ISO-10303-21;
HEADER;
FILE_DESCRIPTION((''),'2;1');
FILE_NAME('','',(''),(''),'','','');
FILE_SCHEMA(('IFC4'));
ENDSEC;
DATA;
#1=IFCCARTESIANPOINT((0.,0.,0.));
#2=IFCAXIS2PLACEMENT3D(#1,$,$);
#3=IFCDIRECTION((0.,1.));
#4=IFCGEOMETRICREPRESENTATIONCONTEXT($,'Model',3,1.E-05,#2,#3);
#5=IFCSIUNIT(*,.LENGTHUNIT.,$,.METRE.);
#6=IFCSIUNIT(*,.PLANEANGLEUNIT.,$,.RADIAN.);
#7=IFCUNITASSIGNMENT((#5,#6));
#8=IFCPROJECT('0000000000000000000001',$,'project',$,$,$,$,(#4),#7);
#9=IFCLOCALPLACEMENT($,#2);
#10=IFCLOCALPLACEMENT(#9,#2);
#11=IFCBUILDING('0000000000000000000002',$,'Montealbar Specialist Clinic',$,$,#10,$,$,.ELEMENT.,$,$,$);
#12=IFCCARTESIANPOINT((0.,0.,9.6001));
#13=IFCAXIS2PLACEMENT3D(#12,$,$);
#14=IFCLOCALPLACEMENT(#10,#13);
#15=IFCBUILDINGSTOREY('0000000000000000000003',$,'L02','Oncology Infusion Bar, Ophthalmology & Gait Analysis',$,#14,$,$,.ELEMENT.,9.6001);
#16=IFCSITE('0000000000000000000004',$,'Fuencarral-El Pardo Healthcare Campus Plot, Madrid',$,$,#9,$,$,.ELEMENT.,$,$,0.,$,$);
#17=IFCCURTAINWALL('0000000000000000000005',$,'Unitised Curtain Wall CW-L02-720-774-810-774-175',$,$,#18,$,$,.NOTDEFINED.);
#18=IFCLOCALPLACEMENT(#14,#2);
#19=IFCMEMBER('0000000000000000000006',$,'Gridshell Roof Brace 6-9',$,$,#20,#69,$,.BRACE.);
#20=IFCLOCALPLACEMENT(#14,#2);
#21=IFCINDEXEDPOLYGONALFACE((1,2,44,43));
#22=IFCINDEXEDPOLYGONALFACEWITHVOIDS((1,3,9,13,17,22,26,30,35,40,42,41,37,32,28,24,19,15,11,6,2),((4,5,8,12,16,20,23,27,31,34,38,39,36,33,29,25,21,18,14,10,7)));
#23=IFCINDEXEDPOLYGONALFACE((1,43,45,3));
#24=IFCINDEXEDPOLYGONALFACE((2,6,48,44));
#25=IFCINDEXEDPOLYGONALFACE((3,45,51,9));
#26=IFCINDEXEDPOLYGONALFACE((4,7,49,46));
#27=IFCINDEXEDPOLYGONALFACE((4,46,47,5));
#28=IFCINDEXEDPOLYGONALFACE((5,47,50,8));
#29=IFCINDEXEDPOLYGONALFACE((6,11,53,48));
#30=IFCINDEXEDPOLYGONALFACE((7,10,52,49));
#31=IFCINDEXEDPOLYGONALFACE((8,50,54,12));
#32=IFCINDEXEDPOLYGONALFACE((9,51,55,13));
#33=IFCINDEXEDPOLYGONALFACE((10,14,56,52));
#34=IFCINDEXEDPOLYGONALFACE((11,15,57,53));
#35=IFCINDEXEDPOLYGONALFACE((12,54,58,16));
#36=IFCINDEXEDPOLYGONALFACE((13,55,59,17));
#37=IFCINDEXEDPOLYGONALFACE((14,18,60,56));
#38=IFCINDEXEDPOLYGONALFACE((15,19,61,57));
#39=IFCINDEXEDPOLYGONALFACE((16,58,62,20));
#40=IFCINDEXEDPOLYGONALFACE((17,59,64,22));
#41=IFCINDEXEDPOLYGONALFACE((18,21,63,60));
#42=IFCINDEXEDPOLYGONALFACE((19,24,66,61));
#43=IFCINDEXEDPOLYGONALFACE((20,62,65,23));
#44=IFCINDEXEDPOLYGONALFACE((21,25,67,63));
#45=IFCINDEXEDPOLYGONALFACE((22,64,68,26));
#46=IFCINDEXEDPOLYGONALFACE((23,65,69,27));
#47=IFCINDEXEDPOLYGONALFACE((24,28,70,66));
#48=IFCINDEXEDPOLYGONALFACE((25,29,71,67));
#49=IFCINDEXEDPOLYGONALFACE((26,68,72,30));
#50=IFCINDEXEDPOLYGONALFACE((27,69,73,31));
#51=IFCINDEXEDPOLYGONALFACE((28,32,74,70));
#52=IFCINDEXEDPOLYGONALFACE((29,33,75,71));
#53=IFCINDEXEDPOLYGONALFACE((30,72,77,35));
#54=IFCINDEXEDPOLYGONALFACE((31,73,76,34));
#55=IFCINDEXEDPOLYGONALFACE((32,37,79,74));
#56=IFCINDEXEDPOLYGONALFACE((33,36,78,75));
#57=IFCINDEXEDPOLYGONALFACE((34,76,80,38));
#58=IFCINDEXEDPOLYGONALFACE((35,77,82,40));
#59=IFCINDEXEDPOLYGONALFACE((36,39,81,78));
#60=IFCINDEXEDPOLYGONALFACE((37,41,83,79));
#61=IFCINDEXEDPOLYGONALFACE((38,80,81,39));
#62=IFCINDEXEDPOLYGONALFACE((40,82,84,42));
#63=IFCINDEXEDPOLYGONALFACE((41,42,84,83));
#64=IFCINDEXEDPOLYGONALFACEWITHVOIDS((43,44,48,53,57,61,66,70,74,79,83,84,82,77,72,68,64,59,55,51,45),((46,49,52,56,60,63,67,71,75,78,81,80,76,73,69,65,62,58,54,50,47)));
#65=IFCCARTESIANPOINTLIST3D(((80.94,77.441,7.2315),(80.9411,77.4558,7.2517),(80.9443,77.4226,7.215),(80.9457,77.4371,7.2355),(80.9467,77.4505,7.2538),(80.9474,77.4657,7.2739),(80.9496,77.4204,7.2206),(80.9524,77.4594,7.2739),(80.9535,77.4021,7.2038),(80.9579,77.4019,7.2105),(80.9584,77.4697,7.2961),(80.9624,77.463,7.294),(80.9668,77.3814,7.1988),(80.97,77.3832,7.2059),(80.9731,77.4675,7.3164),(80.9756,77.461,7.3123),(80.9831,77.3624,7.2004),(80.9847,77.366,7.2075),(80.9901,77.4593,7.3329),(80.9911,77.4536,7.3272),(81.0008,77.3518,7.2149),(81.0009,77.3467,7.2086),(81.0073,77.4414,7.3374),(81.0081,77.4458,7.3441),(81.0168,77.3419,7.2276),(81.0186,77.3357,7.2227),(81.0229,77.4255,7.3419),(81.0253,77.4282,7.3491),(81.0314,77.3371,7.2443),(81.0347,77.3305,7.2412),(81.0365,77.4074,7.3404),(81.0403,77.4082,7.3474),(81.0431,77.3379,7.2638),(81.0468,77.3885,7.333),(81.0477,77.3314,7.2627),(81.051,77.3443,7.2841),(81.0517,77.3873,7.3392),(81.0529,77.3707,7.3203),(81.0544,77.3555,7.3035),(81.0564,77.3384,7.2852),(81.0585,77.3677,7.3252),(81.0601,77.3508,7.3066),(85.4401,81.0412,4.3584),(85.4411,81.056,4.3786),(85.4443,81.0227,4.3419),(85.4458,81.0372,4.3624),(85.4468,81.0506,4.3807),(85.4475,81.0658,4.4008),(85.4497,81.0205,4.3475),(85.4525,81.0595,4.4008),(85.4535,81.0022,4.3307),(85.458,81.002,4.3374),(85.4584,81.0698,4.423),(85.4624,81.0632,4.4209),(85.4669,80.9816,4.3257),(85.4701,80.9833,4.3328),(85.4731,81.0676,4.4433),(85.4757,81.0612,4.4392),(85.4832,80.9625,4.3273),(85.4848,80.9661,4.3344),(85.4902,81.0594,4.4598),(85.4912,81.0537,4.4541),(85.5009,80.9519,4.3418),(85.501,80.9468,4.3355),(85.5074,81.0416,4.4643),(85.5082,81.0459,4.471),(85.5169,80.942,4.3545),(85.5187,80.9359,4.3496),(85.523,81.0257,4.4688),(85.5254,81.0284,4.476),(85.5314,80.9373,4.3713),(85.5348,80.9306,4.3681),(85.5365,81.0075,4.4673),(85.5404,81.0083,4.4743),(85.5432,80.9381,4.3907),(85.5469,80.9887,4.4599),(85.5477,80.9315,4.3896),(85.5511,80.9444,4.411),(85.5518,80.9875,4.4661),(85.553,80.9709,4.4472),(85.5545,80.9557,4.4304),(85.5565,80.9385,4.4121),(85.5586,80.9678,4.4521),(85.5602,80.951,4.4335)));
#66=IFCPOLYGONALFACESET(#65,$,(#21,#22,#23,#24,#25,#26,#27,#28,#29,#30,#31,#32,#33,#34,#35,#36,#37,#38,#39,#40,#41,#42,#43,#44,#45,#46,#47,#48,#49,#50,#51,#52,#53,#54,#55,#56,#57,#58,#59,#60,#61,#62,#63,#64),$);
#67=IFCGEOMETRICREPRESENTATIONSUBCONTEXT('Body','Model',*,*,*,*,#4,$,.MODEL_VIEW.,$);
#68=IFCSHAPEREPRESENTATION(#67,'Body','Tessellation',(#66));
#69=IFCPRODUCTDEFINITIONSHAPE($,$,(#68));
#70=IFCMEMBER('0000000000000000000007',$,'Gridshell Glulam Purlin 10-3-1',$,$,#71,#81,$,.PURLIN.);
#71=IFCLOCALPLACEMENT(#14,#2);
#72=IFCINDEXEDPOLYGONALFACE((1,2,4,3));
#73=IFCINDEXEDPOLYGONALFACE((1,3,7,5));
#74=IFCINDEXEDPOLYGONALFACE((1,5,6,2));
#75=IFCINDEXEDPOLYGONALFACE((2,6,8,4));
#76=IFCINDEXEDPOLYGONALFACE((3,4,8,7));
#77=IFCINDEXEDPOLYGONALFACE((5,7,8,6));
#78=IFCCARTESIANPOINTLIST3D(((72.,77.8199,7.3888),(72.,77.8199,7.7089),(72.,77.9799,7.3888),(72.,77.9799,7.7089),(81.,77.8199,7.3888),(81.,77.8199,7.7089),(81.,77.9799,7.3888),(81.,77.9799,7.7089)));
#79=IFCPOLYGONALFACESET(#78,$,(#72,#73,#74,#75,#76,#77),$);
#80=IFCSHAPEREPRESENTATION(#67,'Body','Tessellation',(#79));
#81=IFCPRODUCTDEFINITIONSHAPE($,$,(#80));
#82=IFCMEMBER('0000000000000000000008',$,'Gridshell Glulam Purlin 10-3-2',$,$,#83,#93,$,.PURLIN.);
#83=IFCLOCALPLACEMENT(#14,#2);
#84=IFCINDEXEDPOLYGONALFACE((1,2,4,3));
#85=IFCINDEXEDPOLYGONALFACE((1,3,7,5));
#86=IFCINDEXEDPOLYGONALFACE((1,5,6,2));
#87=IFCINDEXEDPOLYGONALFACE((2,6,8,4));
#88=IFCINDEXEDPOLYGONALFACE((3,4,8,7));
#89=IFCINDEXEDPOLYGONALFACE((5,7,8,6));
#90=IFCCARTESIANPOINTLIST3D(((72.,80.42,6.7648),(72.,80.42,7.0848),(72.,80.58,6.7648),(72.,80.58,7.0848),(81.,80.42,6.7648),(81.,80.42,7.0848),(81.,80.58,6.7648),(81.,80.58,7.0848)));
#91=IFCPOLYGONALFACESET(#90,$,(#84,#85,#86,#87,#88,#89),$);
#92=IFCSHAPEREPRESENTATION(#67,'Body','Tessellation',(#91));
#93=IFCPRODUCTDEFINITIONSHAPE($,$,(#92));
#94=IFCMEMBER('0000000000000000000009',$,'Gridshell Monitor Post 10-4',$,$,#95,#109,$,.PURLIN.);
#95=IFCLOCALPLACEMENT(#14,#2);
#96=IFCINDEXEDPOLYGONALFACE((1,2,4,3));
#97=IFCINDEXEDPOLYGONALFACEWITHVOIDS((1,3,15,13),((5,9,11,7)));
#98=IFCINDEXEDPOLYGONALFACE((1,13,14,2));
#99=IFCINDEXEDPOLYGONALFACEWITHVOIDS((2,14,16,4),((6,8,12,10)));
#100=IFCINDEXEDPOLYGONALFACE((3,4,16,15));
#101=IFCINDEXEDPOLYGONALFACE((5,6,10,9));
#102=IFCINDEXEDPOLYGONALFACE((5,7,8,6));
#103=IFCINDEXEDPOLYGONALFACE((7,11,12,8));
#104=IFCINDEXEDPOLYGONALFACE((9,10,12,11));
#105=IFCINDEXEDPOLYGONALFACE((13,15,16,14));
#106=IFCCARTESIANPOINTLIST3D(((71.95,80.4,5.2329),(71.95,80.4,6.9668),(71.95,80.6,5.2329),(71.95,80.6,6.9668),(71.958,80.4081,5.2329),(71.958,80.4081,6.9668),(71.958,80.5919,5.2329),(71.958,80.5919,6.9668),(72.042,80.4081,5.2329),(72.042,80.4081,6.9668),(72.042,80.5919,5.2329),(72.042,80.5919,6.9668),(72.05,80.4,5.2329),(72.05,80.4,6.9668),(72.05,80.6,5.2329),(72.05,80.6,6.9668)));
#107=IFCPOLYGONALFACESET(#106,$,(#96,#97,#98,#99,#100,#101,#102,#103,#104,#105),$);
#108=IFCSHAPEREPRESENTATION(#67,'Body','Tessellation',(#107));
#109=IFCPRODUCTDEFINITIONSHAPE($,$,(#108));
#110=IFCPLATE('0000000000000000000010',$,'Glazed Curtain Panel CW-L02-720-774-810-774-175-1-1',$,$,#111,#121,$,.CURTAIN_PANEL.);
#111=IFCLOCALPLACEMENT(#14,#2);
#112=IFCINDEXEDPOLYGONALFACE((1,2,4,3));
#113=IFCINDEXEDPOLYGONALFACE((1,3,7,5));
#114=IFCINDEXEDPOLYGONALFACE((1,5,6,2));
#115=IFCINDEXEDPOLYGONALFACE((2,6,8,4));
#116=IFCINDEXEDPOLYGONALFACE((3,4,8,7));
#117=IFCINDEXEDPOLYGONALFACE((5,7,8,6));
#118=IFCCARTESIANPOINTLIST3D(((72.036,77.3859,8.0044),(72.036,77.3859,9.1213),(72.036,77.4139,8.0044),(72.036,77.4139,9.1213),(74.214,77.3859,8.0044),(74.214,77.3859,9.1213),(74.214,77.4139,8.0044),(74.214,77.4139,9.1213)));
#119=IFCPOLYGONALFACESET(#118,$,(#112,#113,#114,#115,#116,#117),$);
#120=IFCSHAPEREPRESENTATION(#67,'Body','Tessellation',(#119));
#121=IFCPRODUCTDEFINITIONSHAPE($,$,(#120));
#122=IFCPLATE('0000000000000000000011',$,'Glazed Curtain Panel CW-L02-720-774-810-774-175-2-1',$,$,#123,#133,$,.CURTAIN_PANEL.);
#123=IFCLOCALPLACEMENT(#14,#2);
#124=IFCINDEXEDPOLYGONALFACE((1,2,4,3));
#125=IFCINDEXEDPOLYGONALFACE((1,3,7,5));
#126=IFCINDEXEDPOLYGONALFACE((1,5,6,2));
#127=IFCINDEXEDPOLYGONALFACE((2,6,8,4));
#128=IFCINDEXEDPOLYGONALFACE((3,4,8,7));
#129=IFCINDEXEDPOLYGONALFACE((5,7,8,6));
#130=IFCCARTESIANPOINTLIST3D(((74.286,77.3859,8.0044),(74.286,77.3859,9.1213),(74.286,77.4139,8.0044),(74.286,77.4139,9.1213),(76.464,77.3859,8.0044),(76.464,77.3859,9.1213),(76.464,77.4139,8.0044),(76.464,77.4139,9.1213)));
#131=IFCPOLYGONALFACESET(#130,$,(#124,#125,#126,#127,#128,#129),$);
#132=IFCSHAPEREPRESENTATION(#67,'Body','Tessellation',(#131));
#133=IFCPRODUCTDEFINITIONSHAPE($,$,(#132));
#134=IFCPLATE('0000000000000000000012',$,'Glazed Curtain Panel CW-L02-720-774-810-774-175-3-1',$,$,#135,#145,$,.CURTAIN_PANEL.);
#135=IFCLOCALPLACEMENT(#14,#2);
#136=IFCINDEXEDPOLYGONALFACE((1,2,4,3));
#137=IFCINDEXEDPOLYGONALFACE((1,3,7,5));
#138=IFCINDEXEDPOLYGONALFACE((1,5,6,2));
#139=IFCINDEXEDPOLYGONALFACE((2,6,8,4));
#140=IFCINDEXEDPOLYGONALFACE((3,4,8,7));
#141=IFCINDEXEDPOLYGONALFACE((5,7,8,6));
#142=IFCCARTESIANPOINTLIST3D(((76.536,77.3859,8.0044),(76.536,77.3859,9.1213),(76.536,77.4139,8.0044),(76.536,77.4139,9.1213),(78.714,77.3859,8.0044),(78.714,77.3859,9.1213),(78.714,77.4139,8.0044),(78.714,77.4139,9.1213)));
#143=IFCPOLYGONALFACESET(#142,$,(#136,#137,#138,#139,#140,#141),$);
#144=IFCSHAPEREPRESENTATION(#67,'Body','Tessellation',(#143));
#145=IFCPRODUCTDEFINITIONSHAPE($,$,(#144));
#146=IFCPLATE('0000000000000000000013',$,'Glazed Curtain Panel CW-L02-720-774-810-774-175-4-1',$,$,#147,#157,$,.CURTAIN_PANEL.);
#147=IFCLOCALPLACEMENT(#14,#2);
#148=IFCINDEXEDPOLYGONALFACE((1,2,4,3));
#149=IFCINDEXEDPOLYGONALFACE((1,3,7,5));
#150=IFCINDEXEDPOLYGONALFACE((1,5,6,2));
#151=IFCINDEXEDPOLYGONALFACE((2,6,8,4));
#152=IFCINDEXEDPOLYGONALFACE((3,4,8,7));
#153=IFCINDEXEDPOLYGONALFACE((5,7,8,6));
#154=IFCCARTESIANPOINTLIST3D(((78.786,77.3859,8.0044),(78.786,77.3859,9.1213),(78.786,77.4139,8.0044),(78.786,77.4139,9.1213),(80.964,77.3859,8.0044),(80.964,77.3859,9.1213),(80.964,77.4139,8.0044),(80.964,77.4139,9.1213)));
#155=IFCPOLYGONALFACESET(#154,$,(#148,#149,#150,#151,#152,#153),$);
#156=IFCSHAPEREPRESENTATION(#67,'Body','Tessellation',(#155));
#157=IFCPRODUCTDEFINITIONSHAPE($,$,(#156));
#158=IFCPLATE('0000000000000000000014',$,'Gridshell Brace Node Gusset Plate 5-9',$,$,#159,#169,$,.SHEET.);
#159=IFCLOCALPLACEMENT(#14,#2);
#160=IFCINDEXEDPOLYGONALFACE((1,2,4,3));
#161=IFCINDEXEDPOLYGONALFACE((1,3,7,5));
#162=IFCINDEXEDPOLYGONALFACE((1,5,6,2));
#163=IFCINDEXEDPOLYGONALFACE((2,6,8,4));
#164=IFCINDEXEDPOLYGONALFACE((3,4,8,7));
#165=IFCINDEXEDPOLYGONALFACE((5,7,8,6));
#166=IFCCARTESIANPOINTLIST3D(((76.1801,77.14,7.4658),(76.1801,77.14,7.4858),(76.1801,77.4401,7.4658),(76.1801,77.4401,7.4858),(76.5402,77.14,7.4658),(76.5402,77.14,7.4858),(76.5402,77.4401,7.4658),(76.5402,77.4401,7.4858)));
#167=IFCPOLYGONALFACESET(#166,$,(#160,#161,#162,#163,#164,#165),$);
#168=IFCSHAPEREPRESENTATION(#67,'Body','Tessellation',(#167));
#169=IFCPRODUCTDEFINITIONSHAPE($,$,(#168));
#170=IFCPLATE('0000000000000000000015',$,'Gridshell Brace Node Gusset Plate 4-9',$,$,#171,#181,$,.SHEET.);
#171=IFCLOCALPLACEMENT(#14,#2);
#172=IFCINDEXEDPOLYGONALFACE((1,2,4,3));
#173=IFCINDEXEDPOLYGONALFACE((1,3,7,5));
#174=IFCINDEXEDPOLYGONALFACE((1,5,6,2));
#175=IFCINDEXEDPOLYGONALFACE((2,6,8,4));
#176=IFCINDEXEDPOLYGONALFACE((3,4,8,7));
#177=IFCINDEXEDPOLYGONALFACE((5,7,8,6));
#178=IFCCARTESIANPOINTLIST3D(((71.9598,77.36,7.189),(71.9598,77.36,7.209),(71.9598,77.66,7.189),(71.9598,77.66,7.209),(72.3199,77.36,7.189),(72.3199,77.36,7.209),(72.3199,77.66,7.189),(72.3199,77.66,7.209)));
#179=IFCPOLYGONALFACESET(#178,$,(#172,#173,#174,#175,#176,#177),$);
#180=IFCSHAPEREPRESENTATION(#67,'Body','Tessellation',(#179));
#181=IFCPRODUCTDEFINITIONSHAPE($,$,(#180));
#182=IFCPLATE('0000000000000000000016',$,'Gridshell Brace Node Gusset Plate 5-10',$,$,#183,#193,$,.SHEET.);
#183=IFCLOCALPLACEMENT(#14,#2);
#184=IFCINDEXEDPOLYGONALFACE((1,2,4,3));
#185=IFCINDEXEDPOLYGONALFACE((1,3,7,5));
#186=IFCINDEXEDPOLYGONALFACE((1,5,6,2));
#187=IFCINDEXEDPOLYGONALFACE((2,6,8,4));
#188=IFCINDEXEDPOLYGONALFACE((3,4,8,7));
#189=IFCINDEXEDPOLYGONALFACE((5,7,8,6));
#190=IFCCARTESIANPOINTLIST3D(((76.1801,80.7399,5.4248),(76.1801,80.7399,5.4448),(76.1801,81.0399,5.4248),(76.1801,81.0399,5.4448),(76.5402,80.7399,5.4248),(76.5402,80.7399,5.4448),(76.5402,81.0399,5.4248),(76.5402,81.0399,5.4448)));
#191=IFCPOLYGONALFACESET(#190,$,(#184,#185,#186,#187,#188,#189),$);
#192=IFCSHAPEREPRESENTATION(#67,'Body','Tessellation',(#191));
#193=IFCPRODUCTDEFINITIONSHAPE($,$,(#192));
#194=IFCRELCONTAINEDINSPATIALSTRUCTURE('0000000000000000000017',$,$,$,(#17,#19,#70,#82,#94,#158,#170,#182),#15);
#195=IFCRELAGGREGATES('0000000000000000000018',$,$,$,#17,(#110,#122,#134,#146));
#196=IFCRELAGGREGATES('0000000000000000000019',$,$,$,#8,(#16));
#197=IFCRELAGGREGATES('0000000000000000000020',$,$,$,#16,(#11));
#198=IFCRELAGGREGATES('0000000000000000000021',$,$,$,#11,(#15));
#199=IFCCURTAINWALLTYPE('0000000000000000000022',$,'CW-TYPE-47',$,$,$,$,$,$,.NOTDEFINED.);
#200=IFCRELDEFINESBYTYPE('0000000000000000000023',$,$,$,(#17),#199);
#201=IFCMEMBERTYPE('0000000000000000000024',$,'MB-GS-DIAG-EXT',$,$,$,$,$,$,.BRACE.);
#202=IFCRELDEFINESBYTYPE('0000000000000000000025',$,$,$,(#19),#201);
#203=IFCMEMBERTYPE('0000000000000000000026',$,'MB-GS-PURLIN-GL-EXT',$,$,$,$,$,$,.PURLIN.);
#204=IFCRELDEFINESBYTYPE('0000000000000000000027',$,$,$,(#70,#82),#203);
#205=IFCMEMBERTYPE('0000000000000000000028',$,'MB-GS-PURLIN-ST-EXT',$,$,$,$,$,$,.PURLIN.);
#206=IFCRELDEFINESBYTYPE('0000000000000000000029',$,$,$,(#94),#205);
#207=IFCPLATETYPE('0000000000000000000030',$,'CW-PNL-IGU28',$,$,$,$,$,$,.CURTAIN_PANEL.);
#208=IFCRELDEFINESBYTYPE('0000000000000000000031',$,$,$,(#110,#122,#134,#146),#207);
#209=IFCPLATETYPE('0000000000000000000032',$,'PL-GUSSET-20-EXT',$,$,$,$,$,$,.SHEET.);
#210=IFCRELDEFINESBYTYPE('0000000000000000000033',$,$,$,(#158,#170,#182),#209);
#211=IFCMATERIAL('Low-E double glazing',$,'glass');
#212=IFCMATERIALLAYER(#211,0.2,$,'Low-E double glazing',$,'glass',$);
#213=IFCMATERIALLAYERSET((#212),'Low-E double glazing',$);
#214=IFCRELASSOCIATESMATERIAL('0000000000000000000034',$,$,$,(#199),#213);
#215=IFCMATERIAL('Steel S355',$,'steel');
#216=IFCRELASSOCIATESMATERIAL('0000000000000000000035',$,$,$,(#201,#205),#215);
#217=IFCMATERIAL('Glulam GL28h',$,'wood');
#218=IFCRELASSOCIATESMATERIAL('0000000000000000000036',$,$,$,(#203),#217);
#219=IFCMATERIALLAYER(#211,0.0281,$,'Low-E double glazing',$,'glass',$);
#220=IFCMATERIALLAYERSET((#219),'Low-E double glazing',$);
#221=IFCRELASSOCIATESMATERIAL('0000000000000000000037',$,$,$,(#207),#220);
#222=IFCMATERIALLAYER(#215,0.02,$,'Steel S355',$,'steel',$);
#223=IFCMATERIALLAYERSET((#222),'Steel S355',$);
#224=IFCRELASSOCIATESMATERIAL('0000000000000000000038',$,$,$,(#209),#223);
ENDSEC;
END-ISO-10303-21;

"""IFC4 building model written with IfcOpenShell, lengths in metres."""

from ifc_helpers import new_model, si_unit, direction, frame, origin, origin_2d, place, context, subcontext, project, spatial, rectangle, hollow_rectangle, hollow_circle, extrude, material, layer, layer_set, material_profile, profile_set, type_object, element, aggregate, save


model = new_model("IFC4")

# Units and contexts
model_context = context("Model", 3, precision=1e-05, world=origin(), true_north=direction((0.0, 1.0)))
body_context = subcontext(model_context, "Body", "Model", "MODEL_VIEW")
ifc_project = project(units=[si_unit("LENGTHUNIT", "METRE"), si_unit("PLANEANGLEUNIT", "RADIAN")], contexts=[model_context])

# Site, building, storey
site_placement = place(None, origin())
site = spatial("IfcSite", under=ifc_project, at=site_placement, Name="Fuencarral-El Pardo Healthcare Campus Plot, Madrid", CompositionType="ELEMENT", RefElevation=0.0)
building_placement = place(site_placement, origin())
building = spatial("IfcBuilding", under=site, at=building_placement, Name="Montealbar Specialist Clinic", CompositionType="ELEMENT")
storey_placement = place(building_placement, frame((0.0, 0.0, 9.6001)))
storey = spatial("IfcBuildingStorey", under=building, at=storey_placement, Name="L02", Description="Oncology Infusion Bar, Ophthalmology & Gait Analysis", CompositionType="ELEMENT", Elevation=9.6001)

# Shared definitions
ifc_material_1 = material(Name="Steel S355", Category="steel")
ifc_material_2 = material(Name="Glulam GL28h", Category="wood")

# Curtain wall
ifc_material_3 = material(Name="Low-E double glazing", Category="glass")
ifc_layer_1 = layer(ifc_material_3, 0.2, Name="Low-E double glazing", Category="glass")
ifc_layer_set_1 = layer_set([ifc_layer_1], Name="Low-E double glazing")
curtain_wall_type = type_object("IfcCurtainWallType", Name="CW-TYPE-47", PredefinedType="NOTDEFINED", material=ifc_layer_set_1)
curtain_wall_placement = place(storey_placement, origin())
curtain_wall = element("IfcCurtainWall", 1, at=curtain_wall_placement, inside=storey, type_object=curtain_wall_type, Name="Unitised Curtain Wall CW-L02-720-774-810-774-175", PredefinedType="NOTDEFINED")

# Members
ifc_material_profile_1 = material_profile(ifc_material_1, hollow_circle(Radius=0.0842, WallThickness=0.0081, at=origin_2d()), Name="CHS 168.3x8.0", Category="steel")
ifc_profile_set_1 = profile_set([ifc_material_profile_1], Name="Steel S355")
member_type_1 = type_object("IfcMemberType", Name="MB-GS-DIAG-EXT", PredefinedType="BRACE", material=ifc_profile_set_1)
member_1_placement = place(storey_placement, frame((81.0, 77.3999, 7.2739), z_axis=(0.698829, 0.559079, -0.446171), x_axis=(-0.624705, 0.780861, 0.0)))
element("IfcMember", 2, at=member_1_placement, inside=storey, type_object=member_type_1, Name="Gridshell Roof Brace 6-9", PredefinedType="BRACE", context=body_context, shape_type="SweptSolid", body=[
    extrude(hollow_circle(Radius=0.0842, WallThickness=0.0081, at=origin_2d()), origin(), (0.0, 0.0, 1.0), 6.4395),
])
ifc_material_profile_2 = material_profile(ifc_material_2, rectangle(XDim=0.1599, YDim=0.3201, at=origin_2d()), Name="GL28h 160x320", Category="wood")
ifc_profile_set_2 = profile_set([ifc_material_profile_2], Name="Glulam GL28h")
member_type_2 = type_object("IfcMemberType", Name="MB-GS-PURLIN-GL-EXT", PredefinedType="PURLIN", material=ifc_profile_set_2)
for number, where, z_axis, x_axis, name in (
    (3, (72.0, 77.8999, 7.5488), (1.0, 0.0, 0.0), (0.0, 1.0, 0.0), "Gridshell Glulam Purlin 10-3-1"),
    (4, (72.0, 80.5, 6.9248), (1.0, 0.0, 0.0), (0.0, 1.0, 0.0), "Gridshell Glulam Purlin 10-3-2"),
):
    element("IfcMember", number, at=place(storey_placement, frame(where, z_axis=z_axis, x_axis=x_axis)), inside=storey, type_object=member_type_2, Name=name, PredefinedType="PURLIN", context=body_context, shape_type="SweptSolid", body=[
        extrude(rectangle(XDim=0.1599, YDim=0.3201, at=origin_2d()), origin(), (0.0, 0.0, 1.0), 9.0),
    ])
ifc_material_profile_3 = material_profile(ifc_material_1, hollow_rectangle(XDim=0.1001, YDim=0.2, WallThickness=0.0081, at=origin_2d()), Name="RHS 200x100x8", Category="steel")
ifc_profile_set_3 = profile_set([ifc_material_profile_3], Name="Steel S355")
member_type_3 = type_object("IfcMemberType", Name="MB-GS-PURLIN-ST-EXT", PredefinedType="PURLIN", material=ifc_profile_set_3)
member_2_placement = place(storey_placement, frame((72.0, 80.5, 5.2329), z_axis=(0.0, 0.0, 1.0), x_axis=(1.0, 0.0, 0.0)))
element("IfcMember", 5, at=member_2_placement, inside=storey, type_object=member_type_3, Name="Gridshell Monitor Post 10-4", PredefinedType="PURLIN", context=body_context, shape_type="SweptSolid", body=[
    extrude(hollow_rectangle(XDim=0.1001, YDim=0.2, WallThickness=0.0081, at=origin_2d()), origin(), (0.0, 0.0, 1.0), 1.7339),
])

# Plates
ifc_layer_2 = layer(ifc_material_3, 0.0281, Name="Low-E double glazing", Category="glass")
ifc_layer_set_2 = layer_set([ifc_layer_2], Name="Low-E double glazing")
plate_type_1 = type_object("IfcPlateType", Name="CW-PNL-IGU28", PredefinedType="CURTAIN_PANEL", material=ifc_layer_set_2)
plate_1_placement = place(storey_placement, frame((73.125, 77.3999, 8.0044), z_axis=(0.0, 0.0, 1.0), x_axis=(1.0, 0.0, 0.0)))
plate_1 = element("IfcPlate", 6, at=plate_1_placement, type_object=plate_type_1, Name="Glazed Curtain Panel CW-L02-720-774-810-774-175-1-1", PredefinedType="CURTAIN_PANEL", context=body_context, shape_type="SweptSolid", body=[
    extrude(rectangle(XDim=2.178, YDim=0.0281, at=origin_2d()), origin(), (0.0, 0.0, 1.0), 1.1169),
])
plate_2_placement = place(storey_placement, frame((75.375, 77.3999, 8.0044), z_axis=(0.0, 0.0, 1.0), x_axis=(1.0, 0.0, 0.0)))
plate_2 = element("IfcPlate", 7, at=plate_2_placement, type_object=plate_type_1, Name="Glazed Curtain Panel CW-L02-720-774-810-774-175-2-1", PredefinedType="CURTAIN_PANEL", context=body_context, shape_type="SweptSolid", body=[
    extrude(rectangle(XDim=2.178, YDim=0.0281, at=origin_2d()), origin(), (0.0, 0.0, 1.0), 1.1169),
])
plate_3_placement = place(storey_placement, frame((77.625, 77.3999, 8.0044), z_axis=(0.0, 0.0, 1.0), x_axis=(1.0, 0.0, 0.0)))
plate_3 = element("IfcPlate", 8, at=plate_3_placement, type_object=plate_type_1, Name="Glazed Curtain Panel CW-L02-720-774-810-774-175-3-1", PredefinedType="CURTAIN_PANEL", context=body_context, shape_type="SweptSolid", body=[
    extrude(rectangle(XDim=2.178, YDim=0.0281, at=origin_2d()), origin(), (0.0, 0.0, 1.0), 1.1169),
])
plate_4_placement = place(storey_placement, frame((79.875, 77.3999, 8.0044), z_axis=(0.0, 0.0, 1.0), x_axis=(1.0, 0.0, 0.0)))
plate_4 = element("IfcPlate", 9, at=plate_4_placement, type_object=plate_type_1, Name="Glazed Curtain Panel CW-L02-720-774-810-774-175-4-1", PredefinedType="CURTAIN_PANEL", context=body_context, shape_type="SweptSolid", body=[
    extrude(rectangle(XDim=2.178, YDim=0.0281, at=origin_2d()), origin(), (0.0, 0.0, 1.0), 1.1169),
])
aggregate(curtain_wall, [plate_1, plate_2, plate_3, plate_4])

# Plates
ifc_layer_3 = layer(ifc_material_1, 0.02, Name="Steel S355", Category="steel")
ifc_layer_set_3 = layer_set([ifc_layer_3], Name="Steel S355")
plate_type_2 = type_object("IfcPlateType", Name="PL-GUSSET-20-EXT", PredefinedType="SHEET", material=ifc_layer_set_3)
for number, where, z_axis, x_axis, name in (
    (10, (76.3601, 77.29, 7.4658), (0.0, 0.0, 1.0), (1.0, 0.0, 0.0), "Gridshell Brace Node Gusset Plate 5-9"),
    (11, (72.1399, 77.51, 7.189), (0.0, 0.0, 1.0), (1.0, 0.0, 0.0), "Gridshell Brace Node Gusset Plate 4-9"),
    (12, (76.3601, 80.8899, 5.4248), (0.0, 0.0, 1.0), (1.0, 0.0, 0.0), "Gridshell Brace Node Gusset Plate 5-10"),
):
    element("IfcPlate", number, at=place(storey_placement, frame(where, z_axis=z_axis, x_axis=x_axis)), inside=storey, type_object=plate_type_2, Name=name, PredefinedType="SHEET", context=body_context, shape_type="SweptSolid", body=[
        extrude(rectangle(XDim=0.3601, YDim=0.3, at=origin_2d()), origin(), (0.0, 0.0, 1.0), 0.02),
    ])

save(model, "model.ifc")
